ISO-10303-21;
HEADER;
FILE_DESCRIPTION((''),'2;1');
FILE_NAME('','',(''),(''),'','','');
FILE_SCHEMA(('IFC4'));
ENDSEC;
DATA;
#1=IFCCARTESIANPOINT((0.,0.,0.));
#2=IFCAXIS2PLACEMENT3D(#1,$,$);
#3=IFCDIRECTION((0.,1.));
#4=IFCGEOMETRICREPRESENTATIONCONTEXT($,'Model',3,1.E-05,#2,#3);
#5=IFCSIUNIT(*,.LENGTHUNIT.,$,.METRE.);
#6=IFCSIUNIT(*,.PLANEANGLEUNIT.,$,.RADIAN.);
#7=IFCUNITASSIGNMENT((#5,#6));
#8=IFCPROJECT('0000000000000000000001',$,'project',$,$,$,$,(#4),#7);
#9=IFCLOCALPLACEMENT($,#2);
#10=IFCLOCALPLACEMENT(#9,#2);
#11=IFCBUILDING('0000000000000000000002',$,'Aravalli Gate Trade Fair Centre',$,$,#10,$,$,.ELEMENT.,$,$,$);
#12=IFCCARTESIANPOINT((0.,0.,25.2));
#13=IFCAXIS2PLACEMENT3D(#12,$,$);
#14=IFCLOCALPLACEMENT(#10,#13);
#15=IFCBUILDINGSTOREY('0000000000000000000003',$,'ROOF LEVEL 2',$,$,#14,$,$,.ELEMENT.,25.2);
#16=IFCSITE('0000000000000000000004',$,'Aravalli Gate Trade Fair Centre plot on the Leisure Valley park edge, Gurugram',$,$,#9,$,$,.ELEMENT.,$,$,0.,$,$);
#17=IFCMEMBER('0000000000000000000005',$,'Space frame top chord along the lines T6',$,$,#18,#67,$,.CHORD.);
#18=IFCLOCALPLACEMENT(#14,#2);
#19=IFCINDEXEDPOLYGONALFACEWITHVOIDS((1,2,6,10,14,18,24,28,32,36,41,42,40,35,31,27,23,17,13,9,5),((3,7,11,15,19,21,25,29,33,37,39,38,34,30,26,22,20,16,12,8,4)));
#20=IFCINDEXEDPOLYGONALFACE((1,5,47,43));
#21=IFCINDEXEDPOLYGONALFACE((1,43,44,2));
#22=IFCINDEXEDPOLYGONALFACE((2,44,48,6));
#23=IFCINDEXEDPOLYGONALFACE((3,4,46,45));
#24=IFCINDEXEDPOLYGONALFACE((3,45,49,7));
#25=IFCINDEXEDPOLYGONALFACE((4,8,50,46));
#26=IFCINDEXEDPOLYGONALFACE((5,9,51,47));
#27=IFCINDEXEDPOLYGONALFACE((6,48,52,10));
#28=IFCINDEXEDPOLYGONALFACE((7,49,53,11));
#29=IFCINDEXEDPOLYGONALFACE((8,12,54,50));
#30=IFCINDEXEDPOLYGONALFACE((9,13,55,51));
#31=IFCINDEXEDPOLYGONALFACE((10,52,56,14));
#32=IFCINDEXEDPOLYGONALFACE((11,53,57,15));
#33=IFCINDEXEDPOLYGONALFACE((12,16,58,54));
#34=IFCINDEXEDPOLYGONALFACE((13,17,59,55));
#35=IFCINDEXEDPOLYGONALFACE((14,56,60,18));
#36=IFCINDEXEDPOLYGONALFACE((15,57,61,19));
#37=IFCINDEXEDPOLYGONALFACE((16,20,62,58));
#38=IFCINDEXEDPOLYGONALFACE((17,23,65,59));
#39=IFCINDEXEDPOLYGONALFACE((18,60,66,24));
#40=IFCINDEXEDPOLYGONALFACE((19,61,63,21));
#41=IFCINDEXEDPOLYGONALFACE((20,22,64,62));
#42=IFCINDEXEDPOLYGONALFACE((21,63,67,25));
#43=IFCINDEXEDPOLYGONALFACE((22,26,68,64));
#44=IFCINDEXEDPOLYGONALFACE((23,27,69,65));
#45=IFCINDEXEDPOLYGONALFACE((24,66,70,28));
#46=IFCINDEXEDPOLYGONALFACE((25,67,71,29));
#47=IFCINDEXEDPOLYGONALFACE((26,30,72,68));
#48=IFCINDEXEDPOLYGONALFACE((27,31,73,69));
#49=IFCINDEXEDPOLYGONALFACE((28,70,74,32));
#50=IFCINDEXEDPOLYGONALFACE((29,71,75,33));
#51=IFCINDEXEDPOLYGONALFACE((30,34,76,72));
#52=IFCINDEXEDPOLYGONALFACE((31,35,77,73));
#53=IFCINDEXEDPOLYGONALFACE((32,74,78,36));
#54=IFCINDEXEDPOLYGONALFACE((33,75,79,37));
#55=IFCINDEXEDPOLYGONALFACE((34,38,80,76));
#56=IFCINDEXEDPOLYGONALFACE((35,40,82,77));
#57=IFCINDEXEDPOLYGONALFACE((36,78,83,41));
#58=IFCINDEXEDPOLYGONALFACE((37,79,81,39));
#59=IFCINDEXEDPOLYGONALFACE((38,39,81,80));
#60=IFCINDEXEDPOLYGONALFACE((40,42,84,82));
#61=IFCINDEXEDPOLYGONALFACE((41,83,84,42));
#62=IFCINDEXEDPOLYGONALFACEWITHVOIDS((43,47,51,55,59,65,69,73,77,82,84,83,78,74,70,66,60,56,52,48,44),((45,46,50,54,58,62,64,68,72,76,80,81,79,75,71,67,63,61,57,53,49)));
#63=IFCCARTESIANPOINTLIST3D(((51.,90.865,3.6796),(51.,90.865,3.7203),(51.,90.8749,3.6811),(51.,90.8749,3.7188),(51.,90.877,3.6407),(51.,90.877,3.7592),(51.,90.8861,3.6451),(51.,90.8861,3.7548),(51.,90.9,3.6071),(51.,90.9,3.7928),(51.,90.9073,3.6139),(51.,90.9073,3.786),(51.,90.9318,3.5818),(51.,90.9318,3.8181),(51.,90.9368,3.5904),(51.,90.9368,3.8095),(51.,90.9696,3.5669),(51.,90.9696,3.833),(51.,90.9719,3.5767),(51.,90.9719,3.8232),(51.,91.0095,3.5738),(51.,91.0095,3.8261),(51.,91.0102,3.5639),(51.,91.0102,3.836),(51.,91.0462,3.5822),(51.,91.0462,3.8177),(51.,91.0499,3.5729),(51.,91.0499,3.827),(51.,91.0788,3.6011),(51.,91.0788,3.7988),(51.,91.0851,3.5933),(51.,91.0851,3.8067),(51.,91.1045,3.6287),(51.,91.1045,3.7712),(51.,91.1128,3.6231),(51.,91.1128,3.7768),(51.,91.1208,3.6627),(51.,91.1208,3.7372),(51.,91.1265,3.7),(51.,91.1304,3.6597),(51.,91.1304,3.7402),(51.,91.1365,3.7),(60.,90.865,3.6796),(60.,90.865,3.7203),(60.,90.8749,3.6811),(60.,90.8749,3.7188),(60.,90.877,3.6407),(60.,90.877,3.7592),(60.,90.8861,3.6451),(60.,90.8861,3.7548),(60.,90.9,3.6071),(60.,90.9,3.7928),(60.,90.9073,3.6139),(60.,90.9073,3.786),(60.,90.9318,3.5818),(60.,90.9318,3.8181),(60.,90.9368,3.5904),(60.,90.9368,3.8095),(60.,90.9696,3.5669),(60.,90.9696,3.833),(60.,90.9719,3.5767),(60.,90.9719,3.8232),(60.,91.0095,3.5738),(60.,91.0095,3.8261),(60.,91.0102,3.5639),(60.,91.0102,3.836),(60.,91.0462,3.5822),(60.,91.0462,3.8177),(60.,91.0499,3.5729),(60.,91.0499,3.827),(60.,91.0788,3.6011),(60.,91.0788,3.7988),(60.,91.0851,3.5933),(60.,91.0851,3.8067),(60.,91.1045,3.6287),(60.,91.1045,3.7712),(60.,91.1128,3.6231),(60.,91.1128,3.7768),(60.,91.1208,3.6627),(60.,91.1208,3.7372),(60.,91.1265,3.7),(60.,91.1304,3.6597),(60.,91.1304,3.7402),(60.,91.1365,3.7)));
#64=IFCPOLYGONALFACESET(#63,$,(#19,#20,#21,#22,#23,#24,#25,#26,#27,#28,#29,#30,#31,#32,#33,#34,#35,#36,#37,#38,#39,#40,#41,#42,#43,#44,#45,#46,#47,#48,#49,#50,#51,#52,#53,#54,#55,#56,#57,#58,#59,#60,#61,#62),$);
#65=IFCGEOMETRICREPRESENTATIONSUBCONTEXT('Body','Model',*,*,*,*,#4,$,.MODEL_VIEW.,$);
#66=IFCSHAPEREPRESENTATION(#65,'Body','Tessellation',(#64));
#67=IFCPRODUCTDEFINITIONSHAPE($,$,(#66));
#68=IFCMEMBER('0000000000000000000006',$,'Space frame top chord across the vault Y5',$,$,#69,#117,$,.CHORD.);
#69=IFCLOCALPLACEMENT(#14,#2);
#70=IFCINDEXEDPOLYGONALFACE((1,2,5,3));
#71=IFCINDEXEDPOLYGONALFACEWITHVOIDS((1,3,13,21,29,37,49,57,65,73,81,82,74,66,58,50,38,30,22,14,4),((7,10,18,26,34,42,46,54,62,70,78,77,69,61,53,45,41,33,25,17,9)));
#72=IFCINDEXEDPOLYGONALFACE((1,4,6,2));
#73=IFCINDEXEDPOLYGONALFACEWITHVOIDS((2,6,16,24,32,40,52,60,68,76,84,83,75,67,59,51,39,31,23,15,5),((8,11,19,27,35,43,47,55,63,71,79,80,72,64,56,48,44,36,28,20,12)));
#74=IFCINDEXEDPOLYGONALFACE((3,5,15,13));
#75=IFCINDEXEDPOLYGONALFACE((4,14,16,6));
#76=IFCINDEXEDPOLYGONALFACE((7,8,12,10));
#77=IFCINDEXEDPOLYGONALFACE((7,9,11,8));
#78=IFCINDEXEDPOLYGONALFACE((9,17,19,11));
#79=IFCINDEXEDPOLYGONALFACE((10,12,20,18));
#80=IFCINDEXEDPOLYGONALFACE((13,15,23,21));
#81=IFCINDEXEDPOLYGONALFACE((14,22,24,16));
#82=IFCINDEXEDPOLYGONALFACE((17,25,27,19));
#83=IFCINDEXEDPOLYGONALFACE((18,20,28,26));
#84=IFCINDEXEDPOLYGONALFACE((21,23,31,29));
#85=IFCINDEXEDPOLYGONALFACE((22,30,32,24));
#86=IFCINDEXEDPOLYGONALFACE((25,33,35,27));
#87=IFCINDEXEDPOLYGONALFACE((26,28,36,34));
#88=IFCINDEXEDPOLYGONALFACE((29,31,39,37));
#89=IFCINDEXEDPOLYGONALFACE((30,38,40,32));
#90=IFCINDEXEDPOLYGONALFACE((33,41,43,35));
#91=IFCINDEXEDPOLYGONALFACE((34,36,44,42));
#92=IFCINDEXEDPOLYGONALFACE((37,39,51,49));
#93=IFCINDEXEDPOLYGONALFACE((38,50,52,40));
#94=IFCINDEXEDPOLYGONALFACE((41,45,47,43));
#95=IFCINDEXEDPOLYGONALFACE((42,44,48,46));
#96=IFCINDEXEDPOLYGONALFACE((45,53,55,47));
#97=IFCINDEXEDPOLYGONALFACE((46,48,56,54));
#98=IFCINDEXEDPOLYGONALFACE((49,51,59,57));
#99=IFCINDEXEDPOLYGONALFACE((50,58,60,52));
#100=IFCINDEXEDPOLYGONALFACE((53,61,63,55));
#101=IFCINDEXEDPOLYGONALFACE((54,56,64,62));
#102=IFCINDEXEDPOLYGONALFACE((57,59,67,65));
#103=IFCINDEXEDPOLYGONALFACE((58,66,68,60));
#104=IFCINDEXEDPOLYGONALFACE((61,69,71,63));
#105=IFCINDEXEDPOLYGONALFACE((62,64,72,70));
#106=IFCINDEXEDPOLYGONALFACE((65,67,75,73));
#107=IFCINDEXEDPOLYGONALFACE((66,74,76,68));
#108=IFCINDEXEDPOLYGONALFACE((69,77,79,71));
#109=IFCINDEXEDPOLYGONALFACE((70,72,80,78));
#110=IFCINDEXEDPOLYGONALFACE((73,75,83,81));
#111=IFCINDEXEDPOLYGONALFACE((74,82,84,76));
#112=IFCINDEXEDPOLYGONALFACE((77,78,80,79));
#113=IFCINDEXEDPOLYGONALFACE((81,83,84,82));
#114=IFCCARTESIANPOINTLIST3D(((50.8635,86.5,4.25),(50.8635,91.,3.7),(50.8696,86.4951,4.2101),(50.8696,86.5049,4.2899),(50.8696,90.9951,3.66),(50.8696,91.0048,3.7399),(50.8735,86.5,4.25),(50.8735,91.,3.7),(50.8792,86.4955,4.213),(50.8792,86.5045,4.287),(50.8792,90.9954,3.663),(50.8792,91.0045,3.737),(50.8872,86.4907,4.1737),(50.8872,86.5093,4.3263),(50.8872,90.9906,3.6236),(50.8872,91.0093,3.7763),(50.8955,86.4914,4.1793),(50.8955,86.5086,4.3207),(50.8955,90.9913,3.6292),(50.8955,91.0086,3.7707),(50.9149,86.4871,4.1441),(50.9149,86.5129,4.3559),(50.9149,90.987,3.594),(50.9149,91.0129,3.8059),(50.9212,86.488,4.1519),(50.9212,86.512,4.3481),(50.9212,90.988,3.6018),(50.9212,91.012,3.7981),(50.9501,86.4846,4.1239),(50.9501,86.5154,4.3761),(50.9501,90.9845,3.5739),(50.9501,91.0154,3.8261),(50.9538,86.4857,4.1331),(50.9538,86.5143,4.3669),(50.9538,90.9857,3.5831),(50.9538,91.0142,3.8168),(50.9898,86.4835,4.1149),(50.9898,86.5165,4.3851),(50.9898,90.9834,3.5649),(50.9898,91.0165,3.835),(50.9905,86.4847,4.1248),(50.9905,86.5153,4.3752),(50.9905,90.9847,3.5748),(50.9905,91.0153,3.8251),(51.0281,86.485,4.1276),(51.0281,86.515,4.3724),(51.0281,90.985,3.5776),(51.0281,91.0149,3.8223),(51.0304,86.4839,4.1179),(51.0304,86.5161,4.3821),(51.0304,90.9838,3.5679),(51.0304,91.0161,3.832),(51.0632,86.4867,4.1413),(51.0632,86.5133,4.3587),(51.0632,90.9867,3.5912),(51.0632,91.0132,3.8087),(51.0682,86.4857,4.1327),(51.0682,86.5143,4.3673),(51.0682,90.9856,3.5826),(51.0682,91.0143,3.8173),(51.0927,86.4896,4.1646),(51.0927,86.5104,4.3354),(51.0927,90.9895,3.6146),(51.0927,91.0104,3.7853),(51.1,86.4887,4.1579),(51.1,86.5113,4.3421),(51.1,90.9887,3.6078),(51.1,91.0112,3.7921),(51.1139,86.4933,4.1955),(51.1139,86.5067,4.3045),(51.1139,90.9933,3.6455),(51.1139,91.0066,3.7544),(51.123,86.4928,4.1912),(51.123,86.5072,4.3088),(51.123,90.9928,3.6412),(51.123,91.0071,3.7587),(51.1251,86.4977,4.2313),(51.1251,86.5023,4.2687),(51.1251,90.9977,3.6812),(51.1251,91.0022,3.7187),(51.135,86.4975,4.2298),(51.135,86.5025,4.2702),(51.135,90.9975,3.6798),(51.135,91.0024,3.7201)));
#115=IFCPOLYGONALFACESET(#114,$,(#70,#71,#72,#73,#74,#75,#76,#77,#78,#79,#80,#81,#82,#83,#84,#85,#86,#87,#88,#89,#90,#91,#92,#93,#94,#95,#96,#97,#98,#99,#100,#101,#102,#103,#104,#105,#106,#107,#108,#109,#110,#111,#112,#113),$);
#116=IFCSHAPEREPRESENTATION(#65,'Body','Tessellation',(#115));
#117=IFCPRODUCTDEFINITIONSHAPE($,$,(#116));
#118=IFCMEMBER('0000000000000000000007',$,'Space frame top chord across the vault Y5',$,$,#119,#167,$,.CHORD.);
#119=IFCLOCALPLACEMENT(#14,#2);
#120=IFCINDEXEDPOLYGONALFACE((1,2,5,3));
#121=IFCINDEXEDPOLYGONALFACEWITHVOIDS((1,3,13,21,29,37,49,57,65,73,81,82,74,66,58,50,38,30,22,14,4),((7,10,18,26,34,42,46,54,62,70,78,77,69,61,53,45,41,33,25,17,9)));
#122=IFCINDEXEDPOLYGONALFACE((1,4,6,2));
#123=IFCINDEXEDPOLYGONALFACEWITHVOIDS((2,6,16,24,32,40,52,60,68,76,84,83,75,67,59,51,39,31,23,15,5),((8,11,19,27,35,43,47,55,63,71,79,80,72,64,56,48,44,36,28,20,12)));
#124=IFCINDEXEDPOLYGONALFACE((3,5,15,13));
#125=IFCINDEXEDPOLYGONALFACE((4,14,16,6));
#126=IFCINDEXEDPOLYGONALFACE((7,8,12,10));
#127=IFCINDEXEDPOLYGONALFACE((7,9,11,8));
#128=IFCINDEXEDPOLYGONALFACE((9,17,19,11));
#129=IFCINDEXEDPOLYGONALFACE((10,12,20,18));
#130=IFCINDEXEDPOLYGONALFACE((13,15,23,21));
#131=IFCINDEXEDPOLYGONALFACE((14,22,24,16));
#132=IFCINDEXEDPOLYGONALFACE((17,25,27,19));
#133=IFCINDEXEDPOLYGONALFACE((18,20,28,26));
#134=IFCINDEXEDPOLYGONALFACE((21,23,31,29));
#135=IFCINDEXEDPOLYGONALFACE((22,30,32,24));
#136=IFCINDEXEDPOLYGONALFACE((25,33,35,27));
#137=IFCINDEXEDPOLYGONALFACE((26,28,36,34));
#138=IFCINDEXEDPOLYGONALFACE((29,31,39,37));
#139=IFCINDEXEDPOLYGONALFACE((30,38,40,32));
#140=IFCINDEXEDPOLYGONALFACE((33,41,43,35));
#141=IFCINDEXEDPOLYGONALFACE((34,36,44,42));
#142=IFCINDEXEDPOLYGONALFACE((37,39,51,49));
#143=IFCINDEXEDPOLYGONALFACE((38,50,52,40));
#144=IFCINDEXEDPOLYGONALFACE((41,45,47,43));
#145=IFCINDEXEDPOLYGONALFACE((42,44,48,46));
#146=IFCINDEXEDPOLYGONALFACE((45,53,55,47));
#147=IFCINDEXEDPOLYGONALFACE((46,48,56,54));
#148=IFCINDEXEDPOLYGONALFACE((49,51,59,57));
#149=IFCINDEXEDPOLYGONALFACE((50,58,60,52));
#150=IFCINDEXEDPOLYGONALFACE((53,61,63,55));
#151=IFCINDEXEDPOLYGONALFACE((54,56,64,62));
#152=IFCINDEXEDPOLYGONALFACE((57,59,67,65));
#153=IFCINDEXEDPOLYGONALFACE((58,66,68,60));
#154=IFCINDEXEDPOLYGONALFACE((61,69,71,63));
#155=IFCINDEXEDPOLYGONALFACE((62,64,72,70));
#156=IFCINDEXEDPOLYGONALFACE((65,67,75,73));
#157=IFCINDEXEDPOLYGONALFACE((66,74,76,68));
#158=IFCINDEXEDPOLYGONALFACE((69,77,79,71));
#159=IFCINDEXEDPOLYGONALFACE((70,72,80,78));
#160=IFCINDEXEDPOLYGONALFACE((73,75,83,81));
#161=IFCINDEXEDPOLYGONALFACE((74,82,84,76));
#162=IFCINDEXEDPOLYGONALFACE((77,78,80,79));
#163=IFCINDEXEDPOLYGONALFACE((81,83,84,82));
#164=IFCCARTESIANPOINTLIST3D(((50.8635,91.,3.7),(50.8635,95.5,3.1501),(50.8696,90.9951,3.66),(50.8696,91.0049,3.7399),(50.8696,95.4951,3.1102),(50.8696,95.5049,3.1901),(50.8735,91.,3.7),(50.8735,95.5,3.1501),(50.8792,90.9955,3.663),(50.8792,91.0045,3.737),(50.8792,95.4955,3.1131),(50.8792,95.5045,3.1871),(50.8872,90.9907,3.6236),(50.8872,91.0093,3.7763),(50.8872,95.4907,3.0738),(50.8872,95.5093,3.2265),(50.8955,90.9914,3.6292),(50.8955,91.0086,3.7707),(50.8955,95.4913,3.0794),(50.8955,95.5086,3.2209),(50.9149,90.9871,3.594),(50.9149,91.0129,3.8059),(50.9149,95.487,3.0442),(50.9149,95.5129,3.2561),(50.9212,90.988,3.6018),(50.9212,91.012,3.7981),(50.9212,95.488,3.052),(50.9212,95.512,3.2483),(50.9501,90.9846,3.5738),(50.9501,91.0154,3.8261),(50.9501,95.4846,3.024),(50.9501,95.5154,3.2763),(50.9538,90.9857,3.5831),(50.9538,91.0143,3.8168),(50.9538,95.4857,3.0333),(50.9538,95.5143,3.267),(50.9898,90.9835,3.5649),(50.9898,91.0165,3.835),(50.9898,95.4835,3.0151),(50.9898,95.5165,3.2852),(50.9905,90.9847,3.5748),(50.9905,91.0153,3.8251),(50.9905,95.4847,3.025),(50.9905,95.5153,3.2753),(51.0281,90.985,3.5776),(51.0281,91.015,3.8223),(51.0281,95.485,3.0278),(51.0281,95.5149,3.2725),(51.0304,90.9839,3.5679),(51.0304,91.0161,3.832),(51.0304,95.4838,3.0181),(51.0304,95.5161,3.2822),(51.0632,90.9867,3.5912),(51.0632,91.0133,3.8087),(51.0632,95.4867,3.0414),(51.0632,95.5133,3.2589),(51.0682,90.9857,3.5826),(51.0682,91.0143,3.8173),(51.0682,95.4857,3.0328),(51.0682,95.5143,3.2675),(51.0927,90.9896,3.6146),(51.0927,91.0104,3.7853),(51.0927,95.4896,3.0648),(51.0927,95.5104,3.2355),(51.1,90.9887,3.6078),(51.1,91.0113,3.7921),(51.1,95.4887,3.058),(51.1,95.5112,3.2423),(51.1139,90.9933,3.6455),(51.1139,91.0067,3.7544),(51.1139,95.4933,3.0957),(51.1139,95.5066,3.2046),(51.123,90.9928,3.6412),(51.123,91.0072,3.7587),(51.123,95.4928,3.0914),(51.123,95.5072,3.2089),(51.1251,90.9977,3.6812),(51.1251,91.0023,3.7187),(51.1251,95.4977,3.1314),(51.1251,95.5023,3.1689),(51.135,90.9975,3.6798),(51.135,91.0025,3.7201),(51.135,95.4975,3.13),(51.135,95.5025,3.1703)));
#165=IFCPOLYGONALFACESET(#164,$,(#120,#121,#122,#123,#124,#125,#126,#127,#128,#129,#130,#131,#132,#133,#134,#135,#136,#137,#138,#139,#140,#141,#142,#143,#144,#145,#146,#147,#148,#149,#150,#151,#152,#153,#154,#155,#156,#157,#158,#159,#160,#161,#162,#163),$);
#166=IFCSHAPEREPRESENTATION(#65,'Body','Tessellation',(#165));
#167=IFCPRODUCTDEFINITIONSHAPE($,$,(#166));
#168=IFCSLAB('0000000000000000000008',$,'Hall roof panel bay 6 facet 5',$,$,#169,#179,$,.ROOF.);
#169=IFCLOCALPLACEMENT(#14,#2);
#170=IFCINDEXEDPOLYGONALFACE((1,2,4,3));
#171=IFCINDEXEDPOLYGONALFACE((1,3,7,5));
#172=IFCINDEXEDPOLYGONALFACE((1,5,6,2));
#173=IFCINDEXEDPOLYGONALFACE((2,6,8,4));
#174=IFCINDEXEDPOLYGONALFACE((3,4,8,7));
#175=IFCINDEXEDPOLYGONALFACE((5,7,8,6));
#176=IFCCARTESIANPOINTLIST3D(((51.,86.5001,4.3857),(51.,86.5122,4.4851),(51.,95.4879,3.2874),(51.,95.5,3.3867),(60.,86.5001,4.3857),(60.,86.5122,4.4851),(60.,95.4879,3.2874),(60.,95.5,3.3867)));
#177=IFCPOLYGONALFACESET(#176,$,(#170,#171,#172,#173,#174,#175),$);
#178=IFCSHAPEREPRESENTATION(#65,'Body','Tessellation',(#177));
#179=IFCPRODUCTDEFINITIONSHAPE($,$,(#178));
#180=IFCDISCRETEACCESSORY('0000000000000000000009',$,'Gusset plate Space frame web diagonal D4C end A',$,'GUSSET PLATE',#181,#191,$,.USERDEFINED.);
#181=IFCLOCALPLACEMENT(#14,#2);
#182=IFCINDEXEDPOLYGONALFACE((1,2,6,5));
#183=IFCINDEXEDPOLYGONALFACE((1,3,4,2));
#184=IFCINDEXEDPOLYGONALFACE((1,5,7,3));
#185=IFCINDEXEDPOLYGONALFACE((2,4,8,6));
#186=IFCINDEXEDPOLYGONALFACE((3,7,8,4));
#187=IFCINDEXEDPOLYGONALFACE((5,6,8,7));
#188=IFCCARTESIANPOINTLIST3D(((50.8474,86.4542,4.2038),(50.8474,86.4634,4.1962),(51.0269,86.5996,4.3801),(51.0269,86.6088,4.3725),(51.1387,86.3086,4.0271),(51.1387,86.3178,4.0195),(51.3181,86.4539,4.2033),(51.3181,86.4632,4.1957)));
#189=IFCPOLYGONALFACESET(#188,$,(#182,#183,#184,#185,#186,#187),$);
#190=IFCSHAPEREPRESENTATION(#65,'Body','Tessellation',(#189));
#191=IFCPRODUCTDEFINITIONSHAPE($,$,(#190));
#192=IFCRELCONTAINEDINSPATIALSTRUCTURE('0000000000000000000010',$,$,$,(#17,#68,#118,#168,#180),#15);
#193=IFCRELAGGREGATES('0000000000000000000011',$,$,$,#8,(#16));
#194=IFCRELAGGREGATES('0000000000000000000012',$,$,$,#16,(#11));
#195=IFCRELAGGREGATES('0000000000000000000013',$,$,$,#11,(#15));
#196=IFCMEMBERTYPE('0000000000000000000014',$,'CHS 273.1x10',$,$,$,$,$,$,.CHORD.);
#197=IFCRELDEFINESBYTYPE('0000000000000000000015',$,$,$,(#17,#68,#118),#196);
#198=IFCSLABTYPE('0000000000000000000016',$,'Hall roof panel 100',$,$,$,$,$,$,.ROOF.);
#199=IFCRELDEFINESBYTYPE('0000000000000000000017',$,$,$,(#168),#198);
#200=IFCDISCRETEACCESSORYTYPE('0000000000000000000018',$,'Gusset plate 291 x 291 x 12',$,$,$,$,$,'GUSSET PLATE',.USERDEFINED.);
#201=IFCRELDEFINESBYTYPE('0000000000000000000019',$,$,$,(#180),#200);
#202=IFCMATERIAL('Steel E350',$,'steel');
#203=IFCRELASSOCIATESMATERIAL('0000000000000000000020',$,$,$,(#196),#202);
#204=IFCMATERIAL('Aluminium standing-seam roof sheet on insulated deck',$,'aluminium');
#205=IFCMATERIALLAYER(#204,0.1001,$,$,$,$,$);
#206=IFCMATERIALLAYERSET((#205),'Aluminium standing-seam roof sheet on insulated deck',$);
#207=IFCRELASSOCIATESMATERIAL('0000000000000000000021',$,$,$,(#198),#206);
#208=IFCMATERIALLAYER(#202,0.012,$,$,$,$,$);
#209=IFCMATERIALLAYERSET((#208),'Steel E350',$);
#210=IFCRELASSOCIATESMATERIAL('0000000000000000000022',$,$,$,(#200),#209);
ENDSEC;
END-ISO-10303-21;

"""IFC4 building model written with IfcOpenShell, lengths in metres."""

from ifc_helpers import new_model, si_unit, direction, frame, origin, origin_2d, place, context, subcontext, project, spatial, polyline, hollow_circle, outline, extrude, material, layer, layer_set, material_profile, profile_set, type_object, element, save


model = new_model("IFC4")

# Units and contexts
model_context = context("Model", 3, precision=1e-05, world=origin(), true_north=direction((0.0, 1.0)))
body_context = subcontext(model_context, "Body", "Model", "MODEL_VIEW")
ifc_project = project(units=[si_unit("LENGTHUNIT", "METRE"), si_unit("PLANEANGLEUNIT", "RADIAN")], contexts=[model_context])

# Site, building, storey
site_placement = place(None, origin())
site = spatial("IfcSite", under=ifc_project, at=site_placement, Name="Aravalli Gate Trade Fair Centre plot on the Leisure Valley park edge, Gurugram", CompositionType="ELEMENT", RefElevation=0.0)
building_placement = place(site_placement, origin())
building = spatial("IfcBuilding", under=site, at=building_placement, Name="Aravalli Gate Trade Fair Centre", CompositionType="ELEMENT")
storey_placement = place(building_placement, frame((0.0, 0.0, 25.2)))
storey = spatial("IfcBuildingStorey", under=building, at=storey_placement, Name="ROOF LEVEL 2", CompositionType="ELEMENT", Elevation=25.2)

# Members
ifc_material_1 = material(Name="Steel E350", Category="steel")
ifc_material_profile_1 = material_profile(ifc_material_1, hollow_circle(Radius=0.1365, WallThickness=0.01, at=origin_2d()), Name="CHS 273.1x10")
ifc_profile_set_1 = profile_set([ifc_material_profile_1], Name="Steel E350")
member_type_1 = type_object("IfcMemberType", Name="CHS 273.1x10", PredefinedType="CHORD", material=ifc_profile_set_1)
for number, where, z_axis, x_axis, name in (
    (1, (51.0, 91.0, 3.7), (1.0, 0.0, 0.0), (0.0, 1.0, 0.0), "Space frame top chord along the lines T6"),
):
    element("IfcMember", number, at=place(storey_placement, frame(where, z_axis=z_axis, x_axis=x_axis)), inside=storey, type_object=member_type_1, Name=name, PredefinedType="CHORD", context=body_context, shape_type="SweptSolid", body=[
        extrude(hollow_circle(Radius=0.1365, WallThickness=0.01, at=origin_2d()), origin(), (0.0, 0.0, 1.0), 9.0),
    ])
for number, where, z_axis, x_axis, name in (
    (2, (51.0, 86.5, 4.25), (0.0, 0.992612, -0.12133), (-1.0, 0.0, 0.0), "Space frame top chord across the vault Y5"),
    (3, (51.0, 91.0, 3.7), (0.0, 0.992619, -0.121277), (-1.0, 0.0, 0.0), "Space frame top chord across the vault Y5"),
):
    element("IfcMember", number, at=place(storey_placement, frame(where, z_axis=z_axis, x_axis=x_axis)), inside=storey, type_object=member_type_1, Name=name, PredefinedType="CHORD", context=body_context, shape_type="SweptSolid", body=[
        extrude(hollow_circle(Radius=0.1365, WallThickness=0.01, at=origin_2d()), origin(), (0.0, 0.0, 1.0), 4.5334),
    ])

# Slab
ifc_material_2 = material(Name="Aluminium standing-seam roof sheet on insulated deck", Category="aluminium")
ifc_layer_1 = layer(ifc_material_2, 0.1001)
ifc_layer_set_1 = layer_set([ifc_layer_1], Name="Aluminium standing-seam roof sheet on insulated deck")
slab_type = type_object("IfcSlabType", Name="Hall roof panel 100", PredefinedType="ROOF", material=ifc_layer_set_1)
slab_placement = place(storey_placement, frame((51.0, 86.5122, 4.4851), z_axis=(0.0, 0.121306, 0.992615), x_axis=(1.0, 0.0, 0.0)))
element("IfcSlab", 4, at=slab_placement, inside=storey, type_object=slab_type, Name="Hall roof panel bay 6 facet 5", PredefinedType="ROOF", context=body_context, shape_type="SweptSolid", body=[
    extrude(outline(polyline([(0.0, 0.0), (9.0, 0.0), (9.0, 9.0547), (0.0, 9.0547), (0.0, 0.0)])), origin(), (0.0, 0.0, -1.0), 0.1001),
])

# Discrete accessory
ifc_layer_2 = layer(ifc_material_1, 0.012)
ifc_layer_set_2 = layer_set([ifc_layer_2], Name="Steel E350")
discrete_accessory_type = type_object("IfcDiscreteAccessoryType", Name="Gusset plate 291 x 291 x 12", ElementType="GUSSET PLATE", PredefinedType="USERDEFINED", material=ifc_layer_set_2)
discrete_accessory_1_placement = place(storey_placement, frame((51.1387, 86.3086, 4.0271), z_axis=(0.00026, -0.771582, 0.63613), x_axis=(-0.78619, 0.392962, 0.476956)))
element("IfcDiscreteAccessory", 5, at=discrete_accessory_1_placement, inside=storey, type_object=discrete_accessory_type, Name="Gusset plate Space frame web diagonal D4C end A", ObjectType="GUSSET PLATE", PredefinedType="USERDEFINED", context=body_context, shape_type="SweptSolid", body=[
    extrude(outline(polyline([(0.0, 0.0), (0.3705, 0.0), (0.3706, -0.2906), (0.0001, -0.2905), (0.0, 0.0)])), origin(), (0.0, 0.0, -1.0), 0.012),
])

save(model, "model.ifc")
